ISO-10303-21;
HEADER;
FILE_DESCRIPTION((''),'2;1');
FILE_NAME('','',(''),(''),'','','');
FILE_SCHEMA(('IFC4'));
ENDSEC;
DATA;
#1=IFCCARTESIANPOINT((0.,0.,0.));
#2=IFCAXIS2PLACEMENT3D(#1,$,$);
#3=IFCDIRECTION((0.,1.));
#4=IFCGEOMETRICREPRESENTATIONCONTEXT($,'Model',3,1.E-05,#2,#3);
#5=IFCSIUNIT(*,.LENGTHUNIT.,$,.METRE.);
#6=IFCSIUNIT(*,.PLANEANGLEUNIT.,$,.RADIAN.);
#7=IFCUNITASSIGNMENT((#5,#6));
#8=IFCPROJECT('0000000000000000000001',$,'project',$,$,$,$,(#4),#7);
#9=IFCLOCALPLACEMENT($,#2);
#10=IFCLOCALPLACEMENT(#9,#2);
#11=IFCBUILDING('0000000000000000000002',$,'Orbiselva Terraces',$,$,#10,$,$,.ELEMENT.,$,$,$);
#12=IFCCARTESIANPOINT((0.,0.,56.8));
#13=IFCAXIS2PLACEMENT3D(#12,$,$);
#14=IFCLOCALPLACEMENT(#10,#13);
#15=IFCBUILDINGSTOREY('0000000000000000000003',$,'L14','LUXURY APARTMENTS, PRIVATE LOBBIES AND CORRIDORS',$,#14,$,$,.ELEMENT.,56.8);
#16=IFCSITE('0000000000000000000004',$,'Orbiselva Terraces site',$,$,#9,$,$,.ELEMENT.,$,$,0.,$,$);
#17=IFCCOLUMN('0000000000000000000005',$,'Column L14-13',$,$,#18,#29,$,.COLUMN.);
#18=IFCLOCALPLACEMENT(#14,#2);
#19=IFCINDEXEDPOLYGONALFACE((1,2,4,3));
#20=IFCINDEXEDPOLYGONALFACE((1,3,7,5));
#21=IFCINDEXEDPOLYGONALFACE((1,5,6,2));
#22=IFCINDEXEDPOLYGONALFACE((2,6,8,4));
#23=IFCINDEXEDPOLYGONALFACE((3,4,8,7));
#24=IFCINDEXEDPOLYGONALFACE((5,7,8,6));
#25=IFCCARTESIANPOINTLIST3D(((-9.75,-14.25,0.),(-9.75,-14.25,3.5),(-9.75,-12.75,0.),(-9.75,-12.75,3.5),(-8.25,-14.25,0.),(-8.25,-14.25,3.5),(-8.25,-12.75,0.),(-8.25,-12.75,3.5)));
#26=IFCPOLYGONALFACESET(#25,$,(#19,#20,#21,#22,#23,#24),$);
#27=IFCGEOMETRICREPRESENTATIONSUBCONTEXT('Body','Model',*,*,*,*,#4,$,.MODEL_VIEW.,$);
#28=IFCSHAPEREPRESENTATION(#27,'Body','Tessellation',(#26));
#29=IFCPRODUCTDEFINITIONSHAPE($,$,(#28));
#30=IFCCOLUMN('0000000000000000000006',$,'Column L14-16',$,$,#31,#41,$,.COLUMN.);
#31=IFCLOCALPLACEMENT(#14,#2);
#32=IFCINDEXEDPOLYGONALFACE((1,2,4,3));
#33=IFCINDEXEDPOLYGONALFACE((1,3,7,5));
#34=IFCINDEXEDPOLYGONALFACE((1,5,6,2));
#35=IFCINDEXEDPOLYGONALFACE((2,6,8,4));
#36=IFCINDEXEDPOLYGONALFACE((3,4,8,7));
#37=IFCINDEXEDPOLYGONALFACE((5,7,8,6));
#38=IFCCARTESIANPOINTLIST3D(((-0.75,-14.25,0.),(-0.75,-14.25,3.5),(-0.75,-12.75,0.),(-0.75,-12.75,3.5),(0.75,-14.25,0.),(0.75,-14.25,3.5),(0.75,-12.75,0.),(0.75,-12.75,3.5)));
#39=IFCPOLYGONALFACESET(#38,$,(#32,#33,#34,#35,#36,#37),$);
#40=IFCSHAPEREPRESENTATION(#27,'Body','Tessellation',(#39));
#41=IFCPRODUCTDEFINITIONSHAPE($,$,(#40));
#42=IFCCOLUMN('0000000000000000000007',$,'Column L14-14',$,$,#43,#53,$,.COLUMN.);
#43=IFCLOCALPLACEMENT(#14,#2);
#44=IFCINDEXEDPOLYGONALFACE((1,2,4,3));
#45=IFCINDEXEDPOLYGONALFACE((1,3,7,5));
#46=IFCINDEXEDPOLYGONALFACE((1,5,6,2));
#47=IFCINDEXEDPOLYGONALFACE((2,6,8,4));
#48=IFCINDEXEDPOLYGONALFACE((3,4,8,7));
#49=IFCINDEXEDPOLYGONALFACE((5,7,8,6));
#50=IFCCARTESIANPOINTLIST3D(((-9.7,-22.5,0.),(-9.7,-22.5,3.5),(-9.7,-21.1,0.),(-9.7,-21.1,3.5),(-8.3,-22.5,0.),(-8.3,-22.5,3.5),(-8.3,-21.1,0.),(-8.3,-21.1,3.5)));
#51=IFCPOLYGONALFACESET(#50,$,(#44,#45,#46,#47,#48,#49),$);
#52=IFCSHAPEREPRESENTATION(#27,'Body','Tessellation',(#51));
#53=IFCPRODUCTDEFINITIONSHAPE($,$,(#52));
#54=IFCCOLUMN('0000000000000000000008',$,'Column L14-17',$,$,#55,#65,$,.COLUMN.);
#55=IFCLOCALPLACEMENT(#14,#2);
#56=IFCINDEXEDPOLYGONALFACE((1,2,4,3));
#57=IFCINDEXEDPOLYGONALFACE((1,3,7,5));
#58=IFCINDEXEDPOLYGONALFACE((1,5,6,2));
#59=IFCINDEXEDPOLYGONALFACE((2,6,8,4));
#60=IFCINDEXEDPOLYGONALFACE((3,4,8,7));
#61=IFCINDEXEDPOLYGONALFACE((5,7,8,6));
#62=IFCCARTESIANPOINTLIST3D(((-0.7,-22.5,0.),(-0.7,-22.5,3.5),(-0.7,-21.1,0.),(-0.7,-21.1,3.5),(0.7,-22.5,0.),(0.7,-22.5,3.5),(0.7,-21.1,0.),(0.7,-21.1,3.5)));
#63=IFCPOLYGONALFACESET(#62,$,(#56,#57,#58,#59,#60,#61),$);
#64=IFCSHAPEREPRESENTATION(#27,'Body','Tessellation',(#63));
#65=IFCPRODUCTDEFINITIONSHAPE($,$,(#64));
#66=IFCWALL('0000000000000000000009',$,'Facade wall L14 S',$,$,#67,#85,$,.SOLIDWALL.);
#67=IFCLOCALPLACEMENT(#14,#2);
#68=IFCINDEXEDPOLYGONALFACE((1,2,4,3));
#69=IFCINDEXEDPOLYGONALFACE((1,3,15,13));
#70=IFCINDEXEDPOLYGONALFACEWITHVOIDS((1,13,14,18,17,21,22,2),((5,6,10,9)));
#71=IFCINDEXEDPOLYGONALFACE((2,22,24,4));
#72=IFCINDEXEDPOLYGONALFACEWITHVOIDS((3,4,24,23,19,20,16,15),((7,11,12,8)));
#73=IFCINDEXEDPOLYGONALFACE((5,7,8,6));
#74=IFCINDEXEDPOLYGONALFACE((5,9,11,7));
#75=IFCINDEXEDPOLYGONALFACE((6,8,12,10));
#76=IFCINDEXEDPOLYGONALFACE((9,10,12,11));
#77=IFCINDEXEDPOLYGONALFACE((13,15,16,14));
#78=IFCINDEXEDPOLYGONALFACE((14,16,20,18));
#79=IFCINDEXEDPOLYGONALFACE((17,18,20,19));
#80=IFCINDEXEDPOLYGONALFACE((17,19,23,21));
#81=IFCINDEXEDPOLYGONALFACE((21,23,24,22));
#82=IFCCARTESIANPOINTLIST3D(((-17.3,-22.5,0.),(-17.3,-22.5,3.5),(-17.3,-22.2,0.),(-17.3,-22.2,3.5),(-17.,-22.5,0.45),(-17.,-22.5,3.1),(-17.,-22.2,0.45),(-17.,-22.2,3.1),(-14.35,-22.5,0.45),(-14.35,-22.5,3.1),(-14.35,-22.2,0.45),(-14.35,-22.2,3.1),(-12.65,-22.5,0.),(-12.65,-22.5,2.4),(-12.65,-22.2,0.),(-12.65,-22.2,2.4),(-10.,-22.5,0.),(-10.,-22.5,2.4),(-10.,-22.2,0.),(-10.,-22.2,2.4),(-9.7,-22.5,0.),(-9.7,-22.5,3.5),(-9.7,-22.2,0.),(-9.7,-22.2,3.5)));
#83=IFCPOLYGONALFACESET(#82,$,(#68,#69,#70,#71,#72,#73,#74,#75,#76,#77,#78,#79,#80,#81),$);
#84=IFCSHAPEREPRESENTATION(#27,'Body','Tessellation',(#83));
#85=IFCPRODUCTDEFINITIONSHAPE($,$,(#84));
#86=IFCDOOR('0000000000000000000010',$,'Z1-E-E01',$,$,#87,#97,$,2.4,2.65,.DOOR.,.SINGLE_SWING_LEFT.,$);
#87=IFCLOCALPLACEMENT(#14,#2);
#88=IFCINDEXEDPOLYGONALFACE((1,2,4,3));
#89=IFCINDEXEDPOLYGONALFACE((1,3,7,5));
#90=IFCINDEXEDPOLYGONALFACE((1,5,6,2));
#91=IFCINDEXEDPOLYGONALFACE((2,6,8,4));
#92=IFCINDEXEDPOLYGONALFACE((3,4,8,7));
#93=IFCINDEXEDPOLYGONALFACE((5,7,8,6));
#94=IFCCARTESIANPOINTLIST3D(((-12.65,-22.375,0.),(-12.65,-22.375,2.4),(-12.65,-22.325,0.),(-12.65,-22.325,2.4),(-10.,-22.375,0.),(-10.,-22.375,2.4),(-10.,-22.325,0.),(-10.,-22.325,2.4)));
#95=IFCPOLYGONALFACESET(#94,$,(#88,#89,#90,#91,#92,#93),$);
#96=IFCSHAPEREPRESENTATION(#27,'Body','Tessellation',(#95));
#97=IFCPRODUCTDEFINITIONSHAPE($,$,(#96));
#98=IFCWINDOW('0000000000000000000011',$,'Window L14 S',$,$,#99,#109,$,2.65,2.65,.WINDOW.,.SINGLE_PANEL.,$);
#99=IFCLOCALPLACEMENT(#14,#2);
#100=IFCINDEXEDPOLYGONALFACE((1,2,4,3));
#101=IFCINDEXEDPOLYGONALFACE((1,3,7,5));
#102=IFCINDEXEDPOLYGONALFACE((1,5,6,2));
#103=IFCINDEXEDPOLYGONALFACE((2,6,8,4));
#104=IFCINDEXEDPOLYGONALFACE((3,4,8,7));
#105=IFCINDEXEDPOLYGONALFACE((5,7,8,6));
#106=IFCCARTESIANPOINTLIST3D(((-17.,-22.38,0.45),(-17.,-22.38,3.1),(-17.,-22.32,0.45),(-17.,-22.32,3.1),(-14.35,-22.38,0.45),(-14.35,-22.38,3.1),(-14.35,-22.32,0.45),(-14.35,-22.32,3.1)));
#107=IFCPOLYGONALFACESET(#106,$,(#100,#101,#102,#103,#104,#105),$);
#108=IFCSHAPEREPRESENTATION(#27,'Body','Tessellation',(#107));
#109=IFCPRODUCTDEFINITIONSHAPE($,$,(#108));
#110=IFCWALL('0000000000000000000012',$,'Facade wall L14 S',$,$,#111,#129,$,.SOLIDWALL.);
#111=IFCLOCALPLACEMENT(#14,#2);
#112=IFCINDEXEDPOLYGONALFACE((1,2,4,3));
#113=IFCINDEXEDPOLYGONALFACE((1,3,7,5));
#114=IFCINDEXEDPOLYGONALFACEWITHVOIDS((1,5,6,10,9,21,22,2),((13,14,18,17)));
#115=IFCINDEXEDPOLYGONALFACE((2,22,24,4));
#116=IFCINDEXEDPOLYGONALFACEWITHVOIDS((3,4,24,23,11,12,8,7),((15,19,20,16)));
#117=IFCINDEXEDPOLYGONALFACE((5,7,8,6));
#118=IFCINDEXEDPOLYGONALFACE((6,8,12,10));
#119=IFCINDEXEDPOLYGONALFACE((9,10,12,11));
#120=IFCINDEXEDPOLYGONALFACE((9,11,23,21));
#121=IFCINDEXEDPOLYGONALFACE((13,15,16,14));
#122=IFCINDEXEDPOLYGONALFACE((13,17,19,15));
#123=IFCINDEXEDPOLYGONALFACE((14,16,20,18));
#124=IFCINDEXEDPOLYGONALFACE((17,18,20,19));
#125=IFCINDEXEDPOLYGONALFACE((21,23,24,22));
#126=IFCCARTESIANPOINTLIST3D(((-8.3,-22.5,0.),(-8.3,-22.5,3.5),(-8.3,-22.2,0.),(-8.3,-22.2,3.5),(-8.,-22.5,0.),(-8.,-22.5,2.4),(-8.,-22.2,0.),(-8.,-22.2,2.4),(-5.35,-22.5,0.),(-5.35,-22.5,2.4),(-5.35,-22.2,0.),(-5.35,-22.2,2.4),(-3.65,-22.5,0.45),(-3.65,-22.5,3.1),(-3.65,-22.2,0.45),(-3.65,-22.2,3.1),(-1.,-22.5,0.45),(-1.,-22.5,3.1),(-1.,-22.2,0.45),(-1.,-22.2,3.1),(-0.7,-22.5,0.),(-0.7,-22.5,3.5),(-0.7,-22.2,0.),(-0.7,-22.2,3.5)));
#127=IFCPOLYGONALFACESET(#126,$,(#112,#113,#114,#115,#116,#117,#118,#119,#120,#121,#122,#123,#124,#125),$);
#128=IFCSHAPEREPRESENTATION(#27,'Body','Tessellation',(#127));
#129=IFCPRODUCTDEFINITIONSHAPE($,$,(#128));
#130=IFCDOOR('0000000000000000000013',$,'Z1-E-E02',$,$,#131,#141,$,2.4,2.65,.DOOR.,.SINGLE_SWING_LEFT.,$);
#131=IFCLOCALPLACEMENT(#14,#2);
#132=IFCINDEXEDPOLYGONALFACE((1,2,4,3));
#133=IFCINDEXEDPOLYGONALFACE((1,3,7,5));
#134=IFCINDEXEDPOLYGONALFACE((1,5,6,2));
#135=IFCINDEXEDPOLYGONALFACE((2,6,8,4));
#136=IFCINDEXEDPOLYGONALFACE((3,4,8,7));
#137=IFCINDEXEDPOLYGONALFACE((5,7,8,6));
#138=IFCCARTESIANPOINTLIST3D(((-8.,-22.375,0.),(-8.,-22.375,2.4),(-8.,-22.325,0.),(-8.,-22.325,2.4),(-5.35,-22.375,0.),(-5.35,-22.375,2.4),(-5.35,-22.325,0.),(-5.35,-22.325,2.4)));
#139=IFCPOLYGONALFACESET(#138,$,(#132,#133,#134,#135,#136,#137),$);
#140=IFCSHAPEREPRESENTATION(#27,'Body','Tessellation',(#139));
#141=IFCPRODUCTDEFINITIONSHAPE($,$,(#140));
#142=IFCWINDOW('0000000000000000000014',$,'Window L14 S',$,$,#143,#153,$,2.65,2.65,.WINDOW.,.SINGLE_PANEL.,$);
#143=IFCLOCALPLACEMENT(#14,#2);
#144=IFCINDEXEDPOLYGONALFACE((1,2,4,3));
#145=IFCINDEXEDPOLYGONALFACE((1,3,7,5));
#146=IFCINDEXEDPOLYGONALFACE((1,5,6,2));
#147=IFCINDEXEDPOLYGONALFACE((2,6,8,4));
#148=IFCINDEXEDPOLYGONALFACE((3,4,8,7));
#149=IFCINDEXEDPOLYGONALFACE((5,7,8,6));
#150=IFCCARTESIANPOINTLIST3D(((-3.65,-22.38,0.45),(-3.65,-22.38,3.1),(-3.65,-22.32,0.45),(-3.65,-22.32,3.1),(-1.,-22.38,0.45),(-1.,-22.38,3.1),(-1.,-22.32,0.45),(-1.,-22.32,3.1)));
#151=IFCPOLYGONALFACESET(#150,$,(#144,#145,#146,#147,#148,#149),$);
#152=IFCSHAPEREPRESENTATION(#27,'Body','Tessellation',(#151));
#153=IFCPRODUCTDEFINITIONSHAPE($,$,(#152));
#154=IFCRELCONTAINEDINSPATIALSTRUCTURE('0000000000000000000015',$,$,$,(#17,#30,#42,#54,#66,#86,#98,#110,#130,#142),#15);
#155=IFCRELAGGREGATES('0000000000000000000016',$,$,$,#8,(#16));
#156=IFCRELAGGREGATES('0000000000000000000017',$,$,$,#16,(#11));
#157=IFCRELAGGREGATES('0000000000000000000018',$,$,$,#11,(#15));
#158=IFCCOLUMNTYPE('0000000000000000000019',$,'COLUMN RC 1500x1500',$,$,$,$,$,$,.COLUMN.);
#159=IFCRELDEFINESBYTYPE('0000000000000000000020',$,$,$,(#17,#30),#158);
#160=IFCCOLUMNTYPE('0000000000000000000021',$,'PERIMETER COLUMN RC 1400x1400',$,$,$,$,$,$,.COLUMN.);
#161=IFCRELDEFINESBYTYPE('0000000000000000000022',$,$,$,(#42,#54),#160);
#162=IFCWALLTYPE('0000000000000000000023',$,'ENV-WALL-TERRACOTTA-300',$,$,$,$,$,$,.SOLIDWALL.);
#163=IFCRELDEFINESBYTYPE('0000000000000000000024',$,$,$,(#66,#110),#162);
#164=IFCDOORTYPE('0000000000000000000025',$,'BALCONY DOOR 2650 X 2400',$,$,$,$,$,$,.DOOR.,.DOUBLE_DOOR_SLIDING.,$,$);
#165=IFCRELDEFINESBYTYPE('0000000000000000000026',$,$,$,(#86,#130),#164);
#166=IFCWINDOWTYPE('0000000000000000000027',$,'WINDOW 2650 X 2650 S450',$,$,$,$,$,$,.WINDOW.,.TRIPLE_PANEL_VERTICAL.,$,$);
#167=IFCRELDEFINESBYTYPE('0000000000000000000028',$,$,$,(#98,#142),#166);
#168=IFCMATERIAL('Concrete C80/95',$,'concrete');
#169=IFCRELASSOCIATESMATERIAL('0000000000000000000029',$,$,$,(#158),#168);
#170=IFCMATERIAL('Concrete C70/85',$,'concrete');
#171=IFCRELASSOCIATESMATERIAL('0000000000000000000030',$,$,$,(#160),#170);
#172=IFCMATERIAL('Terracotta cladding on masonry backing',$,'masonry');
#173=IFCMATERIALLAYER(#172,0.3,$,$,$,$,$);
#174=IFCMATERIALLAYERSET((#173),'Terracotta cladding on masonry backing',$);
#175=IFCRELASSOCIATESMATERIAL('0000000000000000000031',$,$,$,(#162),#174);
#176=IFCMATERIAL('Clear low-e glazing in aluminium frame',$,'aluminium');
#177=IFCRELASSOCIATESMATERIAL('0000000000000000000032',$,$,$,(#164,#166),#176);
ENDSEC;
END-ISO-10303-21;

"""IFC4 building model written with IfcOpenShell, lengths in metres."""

from ifc_helpers import new_model, si_unit, direction, frame, frame_2d, origin, origin_2d, place, context, subcontext, project, spatial, rectangle, extrude, material, layer, layer_set, material_profile, profile_set, type_object, element, fill, save


model = new_model("IFC4")

# Units and contexts
model_context = context("Model", 3, precision=1e-05, world=origin(), true_north=direction((0.0, 1.0)))
body_context = subcontext(model_context, "Body", "Model", "MODEL_VIEW")
ifc_project = project(units=[si_unit("LENGTHUNIT", "METRE"), si_unit("PLANEANGLEUNIT", "RADIAN")], contexts=[model_context])

# Site, building, storey
site_placement = place(None, origin())
site = spatial("IfcSite", under=ifc_project, at=site_placement, Name="Orbiselva Terraces site", CompositionType="ELEMENT", RefElevation=0.0)
building_placement = place(site_placement, origin())
building = spatial("IfcBuilding", under=site, at=building_placement, Name="Orbiselva Terraces", CompositionType="ELEMENT")
storey_placement = place(building_placement, frame((0.0, 0.0, 56.8)))
storey = spatial("IfcBuildingStorey", under=building, at=storey_placement, Name="L14", Description="LUXURY APARTMENTS, PRIVATE LOBBIES AND CORRIDORS", CompositionType="ELEMENT", Elevation=56.8)

# Columns
ifc_material_1 = material(Name="Concrete C80/95", Category="concrete")
ifc_material_profile_1 = material_profile(ifc_material_1, rectangle(XDim=1.5, YDim=1.5, at=origin_2d()), Name="RC 1500x1500")
ifc_profile_set_1 = profile_set([ifc_material_profile_1], Name="Concrete C80/95")
column_type_1 = type_object("IfcColumnType", Name="COLUMN RC 1500x1500", PredefinedType="COLUMN", material=ifc_profile_set_1)
for number, where, z_axis, x_axis, name in (
    (1, (-9.0, -13.5, 0.0), (0.0, 0.0, 1.0), (1.0, 0.0, 0.0), "Column L14-13"),
    (2, (0.0, -13.5, 0.0), (0.0, 0.0, 1.0), (1.0, 0.0, 0.0), "Column L14-16"),
):
    element("IfcColumn", number, at=place(storey_placement, frame(where, z_axis=z_axis, x_axis=x_axis)), inside=storey, type_object=column_type_1, Name=name, PredefinedType="COLUMN", context=body_context, shape_type="SweptSolid", body=[
        extrude(rectangle(XDim=1.5, YDim=1.5, at=origin_2d()), origin(), (0.0, 0.0, 1.0), 3.5),
    ])
ifc_material_2 = material(Name="Concrete C70/85", Category="concrete")
ifc_material_profile_2 = material_profile(ifc_material_2, rectangle(XDim=1.4, YDim=1.4, at=origin_2d()), Name="RC 1400x1400")
ifc_profile_set_2 = profile_set([ifc_material_profile_2], Name="Concrete C70/85")
column_type_2 = type_object("IfcColumnType", Name="PERIMETER COLUMN RC 1400x1400", PredefinedType="COLUMN", material=ifc_profile_set_2)
for number, where, z_axis, x_axis, name in (
    (3, (-9.0, -21.8, 0.0), (0.0, 0.0, 1.0), (1.0, 0.0, 0.0), "Column L14-14"),
    (4, (0.0, -21.8, 0.0), (0.0, 0.0, 1.0), (1.0, 0.0, 0.0), "Column L14-17"),
):
    element("IfcColumn", number, at=place(storey_placement, frame(where, z_axis=z_axis, x_axis=x_axis)), inside=storey, type_object=column_type_2, Name=name, PredefinedType="COLUMN", context=body_context, shape_type="SweptSolid", body=[
        extrude(rectangle(XDim=1.4, YDim=1.4, at=origin_2d()), origin(), (0.0, 0.0, 1.0), 3.5),
    ])

# Walls, openings, doors, windows
ifc_material_3 = material(Name="Terracotta cladding on masonry backing", Category="masonry")
ifc_layer_1 = layer(ifc_material_3, 0.3)
ifc_layer_set_1 = layer_set([ifc_layer_1], Name="Terracotta cladding on masonry backing")
wall_type_1 = type_object("IfcWallType", Name="ENV-WALL-TERRACOTTA-300", PredefinedType="SOLIDWALL", material=ifc_layer_set_1)
wall_1_placement = place(storey_placement, frame((-9.7, -22.35, 0.0), z_axis=(0.0, 0.0, 1.0), x_axis=(-1.0, 0.0, 0.0)))
wall_1 = element("IfcWall", 5, at=wall_1_placement, inside=storey, type_object=wall_type_1, Name="Facade wall L14 S", PredefinedType="SOLIDWALL", context=body_context, shape_type="SweptSolid", body=[
    extrude(rectangle(XDim=7.6, YDim=0.3, at=frame_2d((3.8, 0.0))), origin(), (0.0, 0.0, 1.0), 3.5),
])
opening_1_placement = place(wall_1_placement, frame((4.65, 0.0, 0.45)))
opening_1 = element("IfcOpeningElement", 6, at=opening_1_placement, cuts=wall_1, PredefinedType="OPENING", context=body_context, shape_type="SweptSolid", body=[
    extrude(rectangle(XDim=2.65, YDim=2.65, at=frame_2d((1.325, 1.325))), frame((0.0, 0.16, 0.0), z_axis=(0.0, -1.0, 0.0), x_axis=(1.0, 0.0, 0.0)), (0.0, 0.0, 1.0), 0.32),
])
opening_2_placement = place(wall_1_placement, frame((0.3, 0.0, 0.0)))
opening_2 = element("IfcOpeningElement", 7, at=opening_2_placement, cuts=wall_1, PredefinedType="OPENING", context=body_context, shape_type="SweptSolid", body=[
    extrude(rectangle(XDim=2.65, YDim=2.4, at=frame_2d((1.325, 1.2))), frame((0.0, 0.16, 0.0), z_axis=(0.0, -1.0, 0.0), x_axis=(1.0, 0.0, 0.0)), (0.0, 0.0, 1.0), 0.32),
])
ifc_material_4 = material(Name="Clear low-e glazing in aluminium frame", Category="aluminium")
door_type_1 = type_object("IfcDoorType", Name="BALCONY DOOR 2650 X 2400", OperationType="DOUBLE_DOOR_SLIDING", PredefinedType="DOOR", material=ifc_material_4)
door_1_placement = place(opening_2_placement, origin())
door_1 = element("IfcDoor", 8, at=door_1_placement, inside=storey, type_object=door_type_1, Name="Z1-E-E01", OperationType="SINGLE_SWING_LEFT", OverallHeight=2.4, OverallWidth=2.65, PredefinedType="DOOR", context=body_context, shape_type="SweptSolid", body=[
    extrude(rectangle(XDim=2.65, YDim=2.4, at=frame_2d((1.325, 1.2))), frame((0.0, 0.025, 0.0), z_axis=(0.0, -1.0, 0.0), x_axis=(1.0, 0.0, 0.0)), (0.0, 0.0, 1.0), 0.05),
])
fill(opening_2, door_1)
window_type = type_object("IfcWindowType", Name="WINDOW 2650 X 2650 S450", PartitioningType="TRIPLE_PANEL_VERTICAL", PredefinedType="WINDOW", material=ifc_material_4)
window_1_placement = place(opening_1_placement, origin())
window_1 = element("IfcWindow", 9, at=window_1_placement, inside=storey, type_object=window_type, Name="Window L14 S", OverallHeight=2.65, OverallWidth=2.65, PartitioningType="SINGLE_PANEL", PredefinedType="WINDOW", context=body_context, shape_type="SweptSolid", body=[
    extrude(rectangle(XDim=2.65, YDim=2.65, at=frame_2d((1.325, 1.325))), frame((0.0, 0.03, 0.0), z_axis=(0.0, -1.0, 0.0), x_axis=(1.0, 0.0, 0.0)), (0.0, 0.0, 1.0), 0.06),
])
fill(opening_1, window_1)
wall_2_placement = place(storey_placement, frame((-0.7, -22.35, 0.0), z_axis=(0.0, 0.0, 1.0), x_axis=(-1.0, 0.0, 0.0)))
wall_2 = element("IfcWall", 10, at=wall_2_placement, inside=storey, type_object=wall_type_1, Name="Facade wall L14 S", PredefinedType="SOLIDWALL", context=body_context, shape_type="SweptSolid", body=[
    extrude(rectangle(XDim=7.6, YDim=0.3, at=frame_2d((3.8, 0.0))), origin(), (0.0, 0.0, 1.0), 3.5),
])
opening_3_placement = place(wall_2_placement, frame((4.65, 0.0, 0.0)))
opening_3 = element("IfcOpeningElement", 11, at=opening_3_placement, cuts=wall_2, PredefinedType="OPENING", context=body_context, shape_type="SweptSolid", body=[
    extrude(rectangle(XDim=2.65, YDim=2.4, at=frame_2d((1.325, 1.2))), frame((0.0, 0.16, 0.0), z_axis=(0.0, -1.0, 0.0), x_axis=(1.0, 0.0, 0.0)), (0.0, 0.0, 1.0), 0.32),
])
opening_4_placement = place(wall_2_placement, frame((0.3, 0.0, 0.45)))
opening_4 = element("IfcOpeningElement", 12, at=opening_4_placement, cuts=wall_2, PredefinedType="OPENING", context=body_context, shape_type="SweptSolid", body=[
    extrude(rectangle(XDim=2.65, YDim=2.65, at=frame_2d((1.325, 1.325))), frame((0.0, 0.16, 0.0), z_axis=(0.0, -1.0, 0.0), x_axis=(1.0, 0.0, 0.0)), (0.0, 0.0, 1.0), 0.32),
])
door_2_placement = place(opening_3_placement, origin())
door_2 = element("IfcDoor", 13, at=door_2_placement, inside=storey, type_object=door_type_1, Name="Z1-E-E02", OperationType="SINGLE_SWING_LEFT", OverallHeight=2.4, OverallWidth=2.65, PredefinedType="DOOR", context=body_context, shape_type="SweptSolid", body=[
    extrude(rectangle(XDim=2.65, YDim=2.4, at=frame_2d((1.325, 1.2))), frame((0.0, 0.025, 0.0), z_axis=(0.0, -1.0, 0.0), x_axis=(1.0, 0.0, 0.0)), (0.0, 0.0, 1.0), 0.05),
])
fill(opening_3, door_2)
window_2_placement = place(opening_4_placement, origin())
window_2 = element("IfcWindow", 14, at=window_2_placement, inside=storey, type_object=window_type, Name="Window L14 S", OverallHeight=2.65, OverallWidth=2.65, PartitioningType="SINGLE_PANEL", PredefinedType="WINDOW", context=body_context, shape_type="SweptSolid", body=[
    extrude(rectangle(XDim=2.65, YDim=2.65, at=frame_2d((1.325, 1.325))), frame((0.0, 0.03, 0.0), z_axis=(0.0, -1.0, 0.0), x_axis=(1.0, 0.0, 0.0)), (0.0, 0.0, 1.0), 0.06),
])
fill(opening_4, window_2)

save(model, "model.ifc")
